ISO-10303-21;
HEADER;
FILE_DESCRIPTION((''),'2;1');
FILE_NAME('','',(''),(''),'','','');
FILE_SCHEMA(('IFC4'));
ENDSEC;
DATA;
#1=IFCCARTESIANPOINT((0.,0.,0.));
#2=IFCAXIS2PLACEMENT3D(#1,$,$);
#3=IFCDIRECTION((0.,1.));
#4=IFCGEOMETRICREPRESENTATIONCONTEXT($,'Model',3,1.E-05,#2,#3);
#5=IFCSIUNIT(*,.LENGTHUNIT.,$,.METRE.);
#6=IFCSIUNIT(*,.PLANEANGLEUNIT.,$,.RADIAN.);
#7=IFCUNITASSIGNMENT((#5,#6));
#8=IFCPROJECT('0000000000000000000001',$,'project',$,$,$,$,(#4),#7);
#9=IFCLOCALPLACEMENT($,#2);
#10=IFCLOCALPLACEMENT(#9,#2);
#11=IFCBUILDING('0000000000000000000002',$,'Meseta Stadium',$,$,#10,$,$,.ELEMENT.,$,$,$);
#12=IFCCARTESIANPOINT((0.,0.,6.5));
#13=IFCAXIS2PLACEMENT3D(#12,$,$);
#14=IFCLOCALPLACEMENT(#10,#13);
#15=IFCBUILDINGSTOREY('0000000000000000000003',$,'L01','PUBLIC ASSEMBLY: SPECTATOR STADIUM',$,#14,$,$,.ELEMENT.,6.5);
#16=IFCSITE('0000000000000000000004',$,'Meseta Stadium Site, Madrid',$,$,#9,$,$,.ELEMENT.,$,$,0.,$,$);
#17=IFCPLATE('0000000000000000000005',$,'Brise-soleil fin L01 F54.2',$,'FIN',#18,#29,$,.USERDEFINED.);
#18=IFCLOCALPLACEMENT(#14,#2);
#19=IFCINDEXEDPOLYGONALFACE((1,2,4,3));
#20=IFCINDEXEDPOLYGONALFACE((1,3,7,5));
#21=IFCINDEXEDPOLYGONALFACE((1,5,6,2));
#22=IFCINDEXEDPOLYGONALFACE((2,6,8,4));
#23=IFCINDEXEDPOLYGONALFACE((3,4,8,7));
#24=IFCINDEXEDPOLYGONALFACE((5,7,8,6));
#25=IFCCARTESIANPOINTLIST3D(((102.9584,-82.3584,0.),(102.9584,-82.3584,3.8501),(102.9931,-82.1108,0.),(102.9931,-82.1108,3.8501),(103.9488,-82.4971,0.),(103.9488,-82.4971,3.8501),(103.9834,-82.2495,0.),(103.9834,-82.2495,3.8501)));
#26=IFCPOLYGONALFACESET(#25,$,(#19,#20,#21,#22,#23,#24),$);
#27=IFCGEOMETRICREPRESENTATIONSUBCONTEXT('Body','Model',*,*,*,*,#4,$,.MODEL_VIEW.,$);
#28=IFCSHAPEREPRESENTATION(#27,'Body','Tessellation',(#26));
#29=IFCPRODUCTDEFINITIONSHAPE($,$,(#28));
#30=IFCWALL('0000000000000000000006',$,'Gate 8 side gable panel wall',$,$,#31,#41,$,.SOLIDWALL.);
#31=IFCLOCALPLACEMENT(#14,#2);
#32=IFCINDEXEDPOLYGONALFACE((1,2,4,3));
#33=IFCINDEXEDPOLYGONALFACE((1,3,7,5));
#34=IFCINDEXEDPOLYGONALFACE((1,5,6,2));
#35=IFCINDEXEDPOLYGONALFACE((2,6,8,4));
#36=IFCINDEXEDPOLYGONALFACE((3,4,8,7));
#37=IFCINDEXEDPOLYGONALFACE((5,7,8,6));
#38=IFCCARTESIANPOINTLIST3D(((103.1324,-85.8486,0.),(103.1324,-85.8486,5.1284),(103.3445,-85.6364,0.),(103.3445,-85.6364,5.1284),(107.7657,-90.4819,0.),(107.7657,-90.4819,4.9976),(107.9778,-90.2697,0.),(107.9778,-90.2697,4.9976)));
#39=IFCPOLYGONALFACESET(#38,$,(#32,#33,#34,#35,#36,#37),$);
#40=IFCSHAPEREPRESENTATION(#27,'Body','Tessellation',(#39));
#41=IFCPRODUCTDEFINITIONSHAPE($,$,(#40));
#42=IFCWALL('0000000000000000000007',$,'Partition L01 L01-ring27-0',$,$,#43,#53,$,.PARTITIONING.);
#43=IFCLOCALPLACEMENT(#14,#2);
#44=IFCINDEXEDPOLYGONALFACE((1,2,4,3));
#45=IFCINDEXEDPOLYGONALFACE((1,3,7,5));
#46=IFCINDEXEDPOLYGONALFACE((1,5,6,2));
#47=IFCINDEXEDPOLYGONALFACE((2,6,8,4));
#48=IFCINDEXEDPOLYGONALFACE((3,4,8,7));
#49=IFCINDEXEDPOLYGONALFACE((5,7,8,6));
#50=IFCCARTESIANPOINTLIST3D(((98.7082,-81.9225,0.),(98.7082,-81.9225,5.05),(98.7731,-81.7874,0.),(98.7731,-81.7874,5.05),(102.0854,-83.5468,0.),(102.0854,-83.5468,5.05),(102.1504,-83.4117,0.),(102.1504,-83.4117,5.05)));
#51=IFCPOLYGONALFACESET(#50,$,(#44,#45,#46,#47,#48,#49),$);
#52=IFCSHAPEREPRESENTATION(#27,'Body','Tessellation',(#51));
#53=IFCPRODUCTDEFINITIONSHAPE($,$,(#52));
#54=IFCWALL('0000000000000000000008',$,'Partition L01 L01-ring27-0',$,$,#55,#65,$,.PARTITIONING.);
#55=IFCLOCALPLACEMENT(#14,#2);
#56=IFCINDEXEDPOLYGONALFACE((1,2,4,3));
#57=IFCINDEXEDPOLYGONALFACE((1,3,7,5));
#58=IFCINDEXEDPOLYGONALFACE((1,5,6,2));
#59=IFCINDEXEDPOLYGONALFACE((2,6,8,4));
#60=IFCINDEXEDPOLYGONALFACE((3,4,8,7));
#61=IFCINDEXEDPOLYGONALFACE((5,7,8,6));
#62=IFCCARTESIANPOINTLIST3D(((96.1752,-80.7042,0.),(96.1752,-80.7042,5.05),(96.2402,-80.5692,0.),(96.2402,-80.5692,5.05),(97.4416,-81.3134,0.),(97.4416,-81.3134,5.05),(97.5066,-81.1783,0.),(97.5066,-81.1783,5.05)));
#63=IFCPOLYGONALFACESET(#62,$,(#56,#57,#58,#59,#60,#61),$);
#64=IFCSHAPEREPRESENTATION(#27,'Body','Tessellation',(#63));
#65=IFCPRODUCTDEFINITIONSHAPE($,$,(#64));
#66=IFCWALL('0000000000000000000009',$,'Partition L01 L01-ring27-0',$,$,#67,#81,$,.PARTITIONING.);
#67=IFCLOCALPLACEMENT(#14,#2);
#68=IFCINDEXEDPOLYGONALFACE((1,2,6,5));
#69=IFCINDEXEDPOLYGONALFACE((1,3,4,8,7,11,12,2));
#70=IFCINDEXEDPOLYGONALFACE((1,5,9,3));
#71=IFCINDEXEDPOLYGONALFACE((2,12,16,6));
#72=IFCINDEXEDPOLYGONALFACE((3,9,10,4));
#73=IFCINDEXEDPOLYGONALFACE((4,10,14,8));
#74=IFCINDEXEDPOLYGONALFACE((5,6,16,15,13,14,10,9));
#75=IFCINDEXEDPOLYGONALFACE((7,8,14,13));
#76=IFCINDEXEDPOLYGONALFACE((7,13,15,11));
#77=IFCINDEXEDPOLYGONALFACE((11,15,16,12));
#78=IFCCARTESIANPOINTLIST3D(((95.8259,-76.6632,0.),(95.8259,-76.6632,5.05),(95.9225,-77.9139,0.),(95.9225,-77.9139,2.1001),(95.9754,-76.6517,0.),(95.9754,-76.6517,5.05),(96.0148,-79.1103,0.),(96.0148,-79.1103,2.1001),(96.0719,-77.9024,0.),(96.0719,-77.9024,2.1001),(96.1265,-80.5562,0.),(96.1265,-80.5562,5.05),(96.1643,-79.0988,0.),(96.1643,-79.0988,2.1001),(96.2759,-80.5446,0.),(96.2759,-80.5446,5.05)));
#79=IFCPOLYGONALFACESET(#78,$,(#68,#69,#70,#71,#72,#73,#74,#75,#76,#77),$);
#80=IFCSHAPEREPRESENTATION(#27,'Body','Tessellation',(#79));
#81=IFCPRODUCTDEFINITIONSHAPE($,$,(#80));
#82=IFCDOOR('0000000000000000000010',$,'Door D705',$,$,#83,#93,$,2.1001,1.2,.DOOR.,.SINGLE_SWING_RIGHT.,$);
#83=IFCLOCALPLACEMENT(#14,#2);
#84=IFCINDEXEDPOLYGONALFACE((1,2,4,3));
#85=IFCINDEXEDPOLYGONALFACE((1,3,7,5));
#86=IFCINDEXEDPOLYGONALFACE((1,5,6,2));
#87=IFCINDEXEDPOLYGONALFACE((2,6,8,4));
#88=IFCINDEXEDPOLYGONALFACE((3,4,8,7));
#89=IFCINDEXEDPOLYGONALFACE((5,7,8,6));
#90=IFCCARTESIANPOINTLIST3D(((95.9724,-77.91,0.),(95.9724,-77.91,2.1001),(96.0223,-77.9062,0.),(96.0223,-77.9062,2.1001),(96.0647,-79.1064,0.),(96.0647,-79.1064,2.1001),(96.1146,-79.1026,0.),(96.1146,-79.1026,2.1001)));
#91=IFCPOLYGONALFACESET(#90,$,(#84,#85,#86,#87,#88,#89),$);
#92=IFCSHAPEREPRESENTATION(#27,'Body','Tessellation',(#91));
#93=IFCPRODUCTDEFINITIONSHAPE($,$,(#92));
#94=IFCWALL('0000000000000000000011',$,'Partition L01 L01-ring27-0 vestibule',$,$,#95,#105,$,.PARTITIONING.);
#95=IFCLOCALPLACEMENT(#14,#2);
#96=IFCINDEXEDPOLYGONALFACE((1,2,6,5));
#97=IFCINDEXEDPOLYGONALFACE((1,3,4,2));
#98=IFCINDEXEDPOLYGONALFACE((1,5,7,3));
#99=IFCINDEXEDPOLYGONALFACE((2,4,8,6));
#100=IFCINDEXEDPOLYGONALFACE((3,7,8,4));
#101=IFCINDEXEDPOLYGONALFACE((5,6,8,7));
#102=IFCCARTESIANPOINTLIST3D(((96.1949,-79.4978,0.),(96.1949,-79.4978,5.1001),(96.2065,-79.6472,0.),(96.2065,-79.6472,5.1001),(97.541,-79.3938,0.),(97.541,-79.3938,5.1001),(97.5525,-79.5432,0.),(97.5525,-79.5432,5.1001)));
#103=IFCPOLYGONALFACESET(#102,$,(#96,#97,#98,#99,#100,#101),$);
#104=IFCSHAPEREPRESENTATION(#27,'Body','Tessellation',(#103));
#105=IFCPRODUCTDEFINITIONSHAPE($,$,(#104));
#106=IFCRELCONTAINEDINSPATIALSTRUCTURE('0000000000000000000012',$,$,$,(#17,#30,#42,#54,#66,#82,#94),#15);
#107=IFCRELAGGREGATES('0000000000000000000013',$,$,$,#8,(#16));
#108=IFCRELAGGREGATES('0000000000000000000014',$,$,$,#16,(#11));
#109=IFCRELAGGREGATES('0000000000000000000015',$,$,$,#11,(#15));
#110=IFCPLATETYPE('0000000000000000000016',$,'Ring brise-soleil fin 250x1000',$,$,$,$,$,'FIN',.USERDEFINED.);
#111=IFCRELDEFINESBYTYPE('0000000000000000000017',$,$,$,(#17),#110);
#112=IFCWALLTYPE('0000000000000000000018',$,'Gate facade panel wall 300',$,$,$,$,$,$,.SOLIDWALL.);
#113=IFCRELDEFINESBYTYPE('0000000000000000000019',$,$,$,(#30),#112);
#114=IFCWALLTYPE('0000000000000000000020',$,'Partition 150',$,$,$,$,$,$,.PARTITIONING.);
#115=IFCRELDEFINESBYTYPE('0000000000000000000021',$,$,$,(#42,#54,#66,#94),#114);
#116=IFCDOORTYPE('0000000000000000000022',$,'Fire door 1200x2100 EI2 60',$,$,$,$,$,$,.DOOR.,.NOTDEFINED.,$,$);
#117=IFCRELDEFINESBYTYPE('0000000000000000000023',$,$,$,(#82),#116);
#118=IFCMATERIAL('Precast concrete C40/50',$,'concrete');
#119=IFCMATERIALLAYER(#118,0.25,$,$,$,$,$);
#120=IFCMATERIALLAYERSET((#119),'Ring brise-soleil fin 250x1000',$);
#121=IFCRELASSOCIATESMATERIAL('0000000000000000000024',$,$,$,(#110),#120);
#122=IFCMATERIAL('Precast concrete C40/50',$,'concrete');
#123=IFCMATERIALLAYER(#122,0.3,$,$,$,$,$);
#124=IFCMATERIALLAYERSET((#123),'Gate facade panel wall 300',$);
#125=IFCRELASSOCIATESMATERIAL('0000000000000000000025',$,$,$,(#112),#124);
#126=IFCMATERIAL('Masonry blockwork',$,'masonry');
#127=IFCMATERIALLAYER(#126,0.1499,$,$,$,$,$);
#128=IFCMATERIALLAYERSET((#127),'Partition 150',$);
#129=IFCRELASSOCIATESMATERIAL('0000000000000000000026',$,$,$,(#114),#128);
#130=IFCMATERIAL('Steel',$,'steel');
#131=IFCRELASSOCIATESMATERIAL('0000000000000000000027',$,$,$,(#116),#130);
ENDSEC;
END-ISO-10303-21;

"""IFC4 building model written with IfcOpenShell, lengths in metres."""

from ifc_helpers import new_model, si_unit, direction, frame, frame_2d, origin, origin_2d, place, context, subcontext, project, spatial, polyline, rectangle, outline, extrude, material, layer, layer_set, type_object, element, fill, save


model = new_model("IFC4")

# Units and contexts
model_context = context("Model", 3, precision=1e-05, world=origin(), true_north=direction((0.0, 1.0)))
body_context = subcontext(model_context, "Body", "Model", "MODEL_VIEW")
ifc_project = project(units=[si_unit("LENGTHUNIT", "METRE"), si_unit("PLANEANGLEUNIT", "RADIAN")], contexts=[model_context])

# Site, building, storey
site_placement = place(None, origin())
site = spatial("IfcSite", under=ifc_project, at=site_placement, Name="Meseta Stadium Site, Madrid", CompositionType="ELEMENT", RefElevation=0.0)
building_placement = place(site_placement, origin())
building = spatial("IfcBuilding", under=site, at=building_placement, Name="Meseta Stadium", CompositionType="ELEMENT")
storey_placement = place(building_placement, frame((0.0, 0.0, 6.5)))
storey = spatial("IfcBuildingStorey", under=building, at=storey_placement, Name="L01", Description="PUBLIC ASSEMBLY: SPECTATOR STADIUM", CompositionType="ELEMENT", Elevation=6.5)

# Plate
ifc_material_1 = material(Name="Precast concrete C40/50", Category="concrete")
ifc_layer_1 = layer(ifc_material_1, 0.25)
ifc_layer_set_1 = layer_set([ifc_layer_1], Name="Ring brise-soleil fin 250x1000")
plate_type_1 = type_object("IfcPlateType", Name="Ring brise-soleil fin 250x1000", ElementType="FIN", PredefinedType="USERDEFINED", material=ifc_layer_set_1)
for number, where, z_axis, x_axis, name in (
    (1, (103.4709, -82.304, 0.0), (0.0, 0.0, 1.0), (0.138641, 0.990343, 0.0), "Brise-soleil fin L01 F54.2"),
):
    element("IfcPlate", number, at=place(storey_placement, frame(where, z_axis=z_axis, x_axis=x_axis)), inside=storey, type_object=plate_type_1, Name=name, ObjectType="FIN", PredefinedType="USERDEFINED", context=body_context, shape_type="SweptSolid", body=[
        extrude(rectangle(XDim=0.25, YDim=1.0, at=origin_2d()), origin(), (0.0, 0.0, 1.0), 3.8501),
    ])

# Walls
ifc_material_2 = material(Name="Precast concrete C40/50", Category="concrete")
ifc_layer_2 = layer(ifc_material_2, 0.3)
ifc_layer_set_2 = layer_set([ifc_layer_2], Name="Gate facade panel wall 300")
wall_type_1 = type_object("IfcWallType", Name="Gate facade panel wall 300", PredefinedType="SOLIDWALL", material=ifc_layer_set_2)
wall_1_placement = place(storey_placement, frame((103.2385, -85.7424, 0.0), z_axis=(0.0, 0.0, 1.0), x_axis=(0.707107, -0.707107, 0.0)))
element("IfcWall", 2, at=wall_1_placement, inside=storey, type_object=wall_type_1, Name="Gate 8 side gable panel wall", PredefinedType="SOLIDWALL", context=body_context, shape_type="SweptSolid", body=[
    extrude(outline(polyline([(0.0, 0.0), (6.5525, 0.0), (6.5525, 4.9976), (0.0, 5.1284), (0.0, 0.0)])), frame((0.0, 0.1499, 0.0), z_axis=(0.0, -1.0, 0.0), x_axis=(1.0, 0.0, 0.0)), (0.0, 0.0, 1.0), 0.3),
])
ifc_material_3 = material(Name="Masonry blockwork", Category="masonry")
ifc_layer_3 = layer(ifc_material_3, 0.1499)
ifc_layer_set_3 = layer_set([ifc_layer_3], Name="Partition 150")
wall_type_2 = type_object("IfcWallType", Name="Partition 150", PredefinedType="PARTITIONING", material=ifc_layer_set_3)
wall_2_placement = place(storey_placement, frame((102.1179, -83.4792, 0.0), z_axis=(0.0, 0.0, 1.0), x_axis=(-0.901188, 0.433428, 0.0)))
element("IfcWall", 3, at=wall_2_placement, inside=storey, type_object=wall_type_2, Name="Partition L01 L01-ring27-0", PredefinedType="PARTITIONING", context=body_context, shape_type="SweptSolid", body=[
    extrude(rectangle(XDim=3.7476, YDim=0.1499, at=frame_2d((1.8738, 0.0))), origin(), (0.0, 0.0, 1.0), 5.05),
])
wall_3_placement = place(storey_placement, frame((97.4741, -81.2458, 0.0), z_axis=(0.0, 0.0, 1.0), x_axis=(-0.901168, 0.433471, 0.0)))
element("IfcWall", 4, at=wall_3_placement, inside=storey, type_object=wall_type_2, Name="Partition L01 L01-ring27-0", PredefinedType="PARTITIONING", context=body_context, shape_type="SweptSolid", body=[
    extrude(rectangle(XDim=1.4053, YDim=0.1499, at=frame_2d((0.7026, 0.0))), origin(), (0.0, 0.0, 1.0), 5.05),
])

# Wall, opening, door
wall_4_placement = place(storey_placement, frame((96.2012, -80.5503, 0.0), z_axis=(0.0, 0.0, 1.0), x_axis=(-0.076969, 0.997033, 0.0)))
wall_4 = element("IfcWall", 5, at=wall_4_placement, inside=storey, type_object=wall_type_2, Name="Partition L01 L01-ring27-0", PredefinedType="PARTITIONING", context=body_context, shape_type="SweptSolid", body=[
    extrude(rectangle(XDim=3.9045, YDim=0.1499, at=frame_2d((1.9521, 0.0))), origin(), (0.0, 0.0, 1.0), 5.05),
])
opening_placement = place(wall_4_placement, frame((1.45, 0.0, 0.0)))
opening = element("IfcOpeningElement", 6, at=opening_placement, cuts=wall_4, PredefinedType="OPENING", context=body_context, shape_type="SweptSolid", body=[
    extrude(rectangle(XDim=1.2, YDim=2.1001, at=frame_2d((0.6001, 1.05))), frame((0.0, 0.085, 0.0), z_axis=(0.0, -1.0, 0.0), x_axis=(1.0, 0.0, 0.0)), (0.0, 0.0, 1.0), 0.1699),
])
ifc_material_4 = material(Name="Steel", Category="steel")
door_type = type_object("IfcDoorType", Name="Fire door 1200x2100 EI2 60", OperationType="NOTDEFINED", PredefinedType="DOOR", material=ifc_material_4)
door_placement = place(opening_placement, origin())
door = element("IfcDoor", 7, at=door_placement, inside=storey, type_object=door_type, Name="Door D705", OperationType="SINGLE_SWING_RIGHT", OverallHeight=2.1001, OverallWidth=1.2, PredefinedType="DOOR", context=body_context, shape_type="SweptSolid", body=[
    extrude(rectangle(XDim=1.2, YDim=2.1001, at=frame_2d((0.6001, 1.05))), frame((0.0, 0.0249, 0.0), z_axis=(0.0, -1.0, 0.0), x_axis=(1.0, 0.0, 0.0)), (0.0, 0.0, 1.0), 0.05),
])
fill(opening, door)

# Wall
wall_5_placement = place(storey_placement, frame((96.2007, -79.5725, 0.0), z_axis=(0.0, 0.0, 1.0), x_axis=(0.997029, 0.077028, 0.0)))
element("IfcWall", 8, at=wall_5_placement, inside=storey, type_object=wall_type_2, Name="Partition L01 L01-ring27-0 vestibule", PredefinedType="PARTITIONING", context=body_context, shape_type="SweptSolid", body=[
    extrude(rectangle(XDim=1.3501, YDim=0.1499, at=frame_2d((0.675, 0.0))), origin(), (0.0, 0.0, 1.0), 5.1001),
])

save(model, "model.ifc")
